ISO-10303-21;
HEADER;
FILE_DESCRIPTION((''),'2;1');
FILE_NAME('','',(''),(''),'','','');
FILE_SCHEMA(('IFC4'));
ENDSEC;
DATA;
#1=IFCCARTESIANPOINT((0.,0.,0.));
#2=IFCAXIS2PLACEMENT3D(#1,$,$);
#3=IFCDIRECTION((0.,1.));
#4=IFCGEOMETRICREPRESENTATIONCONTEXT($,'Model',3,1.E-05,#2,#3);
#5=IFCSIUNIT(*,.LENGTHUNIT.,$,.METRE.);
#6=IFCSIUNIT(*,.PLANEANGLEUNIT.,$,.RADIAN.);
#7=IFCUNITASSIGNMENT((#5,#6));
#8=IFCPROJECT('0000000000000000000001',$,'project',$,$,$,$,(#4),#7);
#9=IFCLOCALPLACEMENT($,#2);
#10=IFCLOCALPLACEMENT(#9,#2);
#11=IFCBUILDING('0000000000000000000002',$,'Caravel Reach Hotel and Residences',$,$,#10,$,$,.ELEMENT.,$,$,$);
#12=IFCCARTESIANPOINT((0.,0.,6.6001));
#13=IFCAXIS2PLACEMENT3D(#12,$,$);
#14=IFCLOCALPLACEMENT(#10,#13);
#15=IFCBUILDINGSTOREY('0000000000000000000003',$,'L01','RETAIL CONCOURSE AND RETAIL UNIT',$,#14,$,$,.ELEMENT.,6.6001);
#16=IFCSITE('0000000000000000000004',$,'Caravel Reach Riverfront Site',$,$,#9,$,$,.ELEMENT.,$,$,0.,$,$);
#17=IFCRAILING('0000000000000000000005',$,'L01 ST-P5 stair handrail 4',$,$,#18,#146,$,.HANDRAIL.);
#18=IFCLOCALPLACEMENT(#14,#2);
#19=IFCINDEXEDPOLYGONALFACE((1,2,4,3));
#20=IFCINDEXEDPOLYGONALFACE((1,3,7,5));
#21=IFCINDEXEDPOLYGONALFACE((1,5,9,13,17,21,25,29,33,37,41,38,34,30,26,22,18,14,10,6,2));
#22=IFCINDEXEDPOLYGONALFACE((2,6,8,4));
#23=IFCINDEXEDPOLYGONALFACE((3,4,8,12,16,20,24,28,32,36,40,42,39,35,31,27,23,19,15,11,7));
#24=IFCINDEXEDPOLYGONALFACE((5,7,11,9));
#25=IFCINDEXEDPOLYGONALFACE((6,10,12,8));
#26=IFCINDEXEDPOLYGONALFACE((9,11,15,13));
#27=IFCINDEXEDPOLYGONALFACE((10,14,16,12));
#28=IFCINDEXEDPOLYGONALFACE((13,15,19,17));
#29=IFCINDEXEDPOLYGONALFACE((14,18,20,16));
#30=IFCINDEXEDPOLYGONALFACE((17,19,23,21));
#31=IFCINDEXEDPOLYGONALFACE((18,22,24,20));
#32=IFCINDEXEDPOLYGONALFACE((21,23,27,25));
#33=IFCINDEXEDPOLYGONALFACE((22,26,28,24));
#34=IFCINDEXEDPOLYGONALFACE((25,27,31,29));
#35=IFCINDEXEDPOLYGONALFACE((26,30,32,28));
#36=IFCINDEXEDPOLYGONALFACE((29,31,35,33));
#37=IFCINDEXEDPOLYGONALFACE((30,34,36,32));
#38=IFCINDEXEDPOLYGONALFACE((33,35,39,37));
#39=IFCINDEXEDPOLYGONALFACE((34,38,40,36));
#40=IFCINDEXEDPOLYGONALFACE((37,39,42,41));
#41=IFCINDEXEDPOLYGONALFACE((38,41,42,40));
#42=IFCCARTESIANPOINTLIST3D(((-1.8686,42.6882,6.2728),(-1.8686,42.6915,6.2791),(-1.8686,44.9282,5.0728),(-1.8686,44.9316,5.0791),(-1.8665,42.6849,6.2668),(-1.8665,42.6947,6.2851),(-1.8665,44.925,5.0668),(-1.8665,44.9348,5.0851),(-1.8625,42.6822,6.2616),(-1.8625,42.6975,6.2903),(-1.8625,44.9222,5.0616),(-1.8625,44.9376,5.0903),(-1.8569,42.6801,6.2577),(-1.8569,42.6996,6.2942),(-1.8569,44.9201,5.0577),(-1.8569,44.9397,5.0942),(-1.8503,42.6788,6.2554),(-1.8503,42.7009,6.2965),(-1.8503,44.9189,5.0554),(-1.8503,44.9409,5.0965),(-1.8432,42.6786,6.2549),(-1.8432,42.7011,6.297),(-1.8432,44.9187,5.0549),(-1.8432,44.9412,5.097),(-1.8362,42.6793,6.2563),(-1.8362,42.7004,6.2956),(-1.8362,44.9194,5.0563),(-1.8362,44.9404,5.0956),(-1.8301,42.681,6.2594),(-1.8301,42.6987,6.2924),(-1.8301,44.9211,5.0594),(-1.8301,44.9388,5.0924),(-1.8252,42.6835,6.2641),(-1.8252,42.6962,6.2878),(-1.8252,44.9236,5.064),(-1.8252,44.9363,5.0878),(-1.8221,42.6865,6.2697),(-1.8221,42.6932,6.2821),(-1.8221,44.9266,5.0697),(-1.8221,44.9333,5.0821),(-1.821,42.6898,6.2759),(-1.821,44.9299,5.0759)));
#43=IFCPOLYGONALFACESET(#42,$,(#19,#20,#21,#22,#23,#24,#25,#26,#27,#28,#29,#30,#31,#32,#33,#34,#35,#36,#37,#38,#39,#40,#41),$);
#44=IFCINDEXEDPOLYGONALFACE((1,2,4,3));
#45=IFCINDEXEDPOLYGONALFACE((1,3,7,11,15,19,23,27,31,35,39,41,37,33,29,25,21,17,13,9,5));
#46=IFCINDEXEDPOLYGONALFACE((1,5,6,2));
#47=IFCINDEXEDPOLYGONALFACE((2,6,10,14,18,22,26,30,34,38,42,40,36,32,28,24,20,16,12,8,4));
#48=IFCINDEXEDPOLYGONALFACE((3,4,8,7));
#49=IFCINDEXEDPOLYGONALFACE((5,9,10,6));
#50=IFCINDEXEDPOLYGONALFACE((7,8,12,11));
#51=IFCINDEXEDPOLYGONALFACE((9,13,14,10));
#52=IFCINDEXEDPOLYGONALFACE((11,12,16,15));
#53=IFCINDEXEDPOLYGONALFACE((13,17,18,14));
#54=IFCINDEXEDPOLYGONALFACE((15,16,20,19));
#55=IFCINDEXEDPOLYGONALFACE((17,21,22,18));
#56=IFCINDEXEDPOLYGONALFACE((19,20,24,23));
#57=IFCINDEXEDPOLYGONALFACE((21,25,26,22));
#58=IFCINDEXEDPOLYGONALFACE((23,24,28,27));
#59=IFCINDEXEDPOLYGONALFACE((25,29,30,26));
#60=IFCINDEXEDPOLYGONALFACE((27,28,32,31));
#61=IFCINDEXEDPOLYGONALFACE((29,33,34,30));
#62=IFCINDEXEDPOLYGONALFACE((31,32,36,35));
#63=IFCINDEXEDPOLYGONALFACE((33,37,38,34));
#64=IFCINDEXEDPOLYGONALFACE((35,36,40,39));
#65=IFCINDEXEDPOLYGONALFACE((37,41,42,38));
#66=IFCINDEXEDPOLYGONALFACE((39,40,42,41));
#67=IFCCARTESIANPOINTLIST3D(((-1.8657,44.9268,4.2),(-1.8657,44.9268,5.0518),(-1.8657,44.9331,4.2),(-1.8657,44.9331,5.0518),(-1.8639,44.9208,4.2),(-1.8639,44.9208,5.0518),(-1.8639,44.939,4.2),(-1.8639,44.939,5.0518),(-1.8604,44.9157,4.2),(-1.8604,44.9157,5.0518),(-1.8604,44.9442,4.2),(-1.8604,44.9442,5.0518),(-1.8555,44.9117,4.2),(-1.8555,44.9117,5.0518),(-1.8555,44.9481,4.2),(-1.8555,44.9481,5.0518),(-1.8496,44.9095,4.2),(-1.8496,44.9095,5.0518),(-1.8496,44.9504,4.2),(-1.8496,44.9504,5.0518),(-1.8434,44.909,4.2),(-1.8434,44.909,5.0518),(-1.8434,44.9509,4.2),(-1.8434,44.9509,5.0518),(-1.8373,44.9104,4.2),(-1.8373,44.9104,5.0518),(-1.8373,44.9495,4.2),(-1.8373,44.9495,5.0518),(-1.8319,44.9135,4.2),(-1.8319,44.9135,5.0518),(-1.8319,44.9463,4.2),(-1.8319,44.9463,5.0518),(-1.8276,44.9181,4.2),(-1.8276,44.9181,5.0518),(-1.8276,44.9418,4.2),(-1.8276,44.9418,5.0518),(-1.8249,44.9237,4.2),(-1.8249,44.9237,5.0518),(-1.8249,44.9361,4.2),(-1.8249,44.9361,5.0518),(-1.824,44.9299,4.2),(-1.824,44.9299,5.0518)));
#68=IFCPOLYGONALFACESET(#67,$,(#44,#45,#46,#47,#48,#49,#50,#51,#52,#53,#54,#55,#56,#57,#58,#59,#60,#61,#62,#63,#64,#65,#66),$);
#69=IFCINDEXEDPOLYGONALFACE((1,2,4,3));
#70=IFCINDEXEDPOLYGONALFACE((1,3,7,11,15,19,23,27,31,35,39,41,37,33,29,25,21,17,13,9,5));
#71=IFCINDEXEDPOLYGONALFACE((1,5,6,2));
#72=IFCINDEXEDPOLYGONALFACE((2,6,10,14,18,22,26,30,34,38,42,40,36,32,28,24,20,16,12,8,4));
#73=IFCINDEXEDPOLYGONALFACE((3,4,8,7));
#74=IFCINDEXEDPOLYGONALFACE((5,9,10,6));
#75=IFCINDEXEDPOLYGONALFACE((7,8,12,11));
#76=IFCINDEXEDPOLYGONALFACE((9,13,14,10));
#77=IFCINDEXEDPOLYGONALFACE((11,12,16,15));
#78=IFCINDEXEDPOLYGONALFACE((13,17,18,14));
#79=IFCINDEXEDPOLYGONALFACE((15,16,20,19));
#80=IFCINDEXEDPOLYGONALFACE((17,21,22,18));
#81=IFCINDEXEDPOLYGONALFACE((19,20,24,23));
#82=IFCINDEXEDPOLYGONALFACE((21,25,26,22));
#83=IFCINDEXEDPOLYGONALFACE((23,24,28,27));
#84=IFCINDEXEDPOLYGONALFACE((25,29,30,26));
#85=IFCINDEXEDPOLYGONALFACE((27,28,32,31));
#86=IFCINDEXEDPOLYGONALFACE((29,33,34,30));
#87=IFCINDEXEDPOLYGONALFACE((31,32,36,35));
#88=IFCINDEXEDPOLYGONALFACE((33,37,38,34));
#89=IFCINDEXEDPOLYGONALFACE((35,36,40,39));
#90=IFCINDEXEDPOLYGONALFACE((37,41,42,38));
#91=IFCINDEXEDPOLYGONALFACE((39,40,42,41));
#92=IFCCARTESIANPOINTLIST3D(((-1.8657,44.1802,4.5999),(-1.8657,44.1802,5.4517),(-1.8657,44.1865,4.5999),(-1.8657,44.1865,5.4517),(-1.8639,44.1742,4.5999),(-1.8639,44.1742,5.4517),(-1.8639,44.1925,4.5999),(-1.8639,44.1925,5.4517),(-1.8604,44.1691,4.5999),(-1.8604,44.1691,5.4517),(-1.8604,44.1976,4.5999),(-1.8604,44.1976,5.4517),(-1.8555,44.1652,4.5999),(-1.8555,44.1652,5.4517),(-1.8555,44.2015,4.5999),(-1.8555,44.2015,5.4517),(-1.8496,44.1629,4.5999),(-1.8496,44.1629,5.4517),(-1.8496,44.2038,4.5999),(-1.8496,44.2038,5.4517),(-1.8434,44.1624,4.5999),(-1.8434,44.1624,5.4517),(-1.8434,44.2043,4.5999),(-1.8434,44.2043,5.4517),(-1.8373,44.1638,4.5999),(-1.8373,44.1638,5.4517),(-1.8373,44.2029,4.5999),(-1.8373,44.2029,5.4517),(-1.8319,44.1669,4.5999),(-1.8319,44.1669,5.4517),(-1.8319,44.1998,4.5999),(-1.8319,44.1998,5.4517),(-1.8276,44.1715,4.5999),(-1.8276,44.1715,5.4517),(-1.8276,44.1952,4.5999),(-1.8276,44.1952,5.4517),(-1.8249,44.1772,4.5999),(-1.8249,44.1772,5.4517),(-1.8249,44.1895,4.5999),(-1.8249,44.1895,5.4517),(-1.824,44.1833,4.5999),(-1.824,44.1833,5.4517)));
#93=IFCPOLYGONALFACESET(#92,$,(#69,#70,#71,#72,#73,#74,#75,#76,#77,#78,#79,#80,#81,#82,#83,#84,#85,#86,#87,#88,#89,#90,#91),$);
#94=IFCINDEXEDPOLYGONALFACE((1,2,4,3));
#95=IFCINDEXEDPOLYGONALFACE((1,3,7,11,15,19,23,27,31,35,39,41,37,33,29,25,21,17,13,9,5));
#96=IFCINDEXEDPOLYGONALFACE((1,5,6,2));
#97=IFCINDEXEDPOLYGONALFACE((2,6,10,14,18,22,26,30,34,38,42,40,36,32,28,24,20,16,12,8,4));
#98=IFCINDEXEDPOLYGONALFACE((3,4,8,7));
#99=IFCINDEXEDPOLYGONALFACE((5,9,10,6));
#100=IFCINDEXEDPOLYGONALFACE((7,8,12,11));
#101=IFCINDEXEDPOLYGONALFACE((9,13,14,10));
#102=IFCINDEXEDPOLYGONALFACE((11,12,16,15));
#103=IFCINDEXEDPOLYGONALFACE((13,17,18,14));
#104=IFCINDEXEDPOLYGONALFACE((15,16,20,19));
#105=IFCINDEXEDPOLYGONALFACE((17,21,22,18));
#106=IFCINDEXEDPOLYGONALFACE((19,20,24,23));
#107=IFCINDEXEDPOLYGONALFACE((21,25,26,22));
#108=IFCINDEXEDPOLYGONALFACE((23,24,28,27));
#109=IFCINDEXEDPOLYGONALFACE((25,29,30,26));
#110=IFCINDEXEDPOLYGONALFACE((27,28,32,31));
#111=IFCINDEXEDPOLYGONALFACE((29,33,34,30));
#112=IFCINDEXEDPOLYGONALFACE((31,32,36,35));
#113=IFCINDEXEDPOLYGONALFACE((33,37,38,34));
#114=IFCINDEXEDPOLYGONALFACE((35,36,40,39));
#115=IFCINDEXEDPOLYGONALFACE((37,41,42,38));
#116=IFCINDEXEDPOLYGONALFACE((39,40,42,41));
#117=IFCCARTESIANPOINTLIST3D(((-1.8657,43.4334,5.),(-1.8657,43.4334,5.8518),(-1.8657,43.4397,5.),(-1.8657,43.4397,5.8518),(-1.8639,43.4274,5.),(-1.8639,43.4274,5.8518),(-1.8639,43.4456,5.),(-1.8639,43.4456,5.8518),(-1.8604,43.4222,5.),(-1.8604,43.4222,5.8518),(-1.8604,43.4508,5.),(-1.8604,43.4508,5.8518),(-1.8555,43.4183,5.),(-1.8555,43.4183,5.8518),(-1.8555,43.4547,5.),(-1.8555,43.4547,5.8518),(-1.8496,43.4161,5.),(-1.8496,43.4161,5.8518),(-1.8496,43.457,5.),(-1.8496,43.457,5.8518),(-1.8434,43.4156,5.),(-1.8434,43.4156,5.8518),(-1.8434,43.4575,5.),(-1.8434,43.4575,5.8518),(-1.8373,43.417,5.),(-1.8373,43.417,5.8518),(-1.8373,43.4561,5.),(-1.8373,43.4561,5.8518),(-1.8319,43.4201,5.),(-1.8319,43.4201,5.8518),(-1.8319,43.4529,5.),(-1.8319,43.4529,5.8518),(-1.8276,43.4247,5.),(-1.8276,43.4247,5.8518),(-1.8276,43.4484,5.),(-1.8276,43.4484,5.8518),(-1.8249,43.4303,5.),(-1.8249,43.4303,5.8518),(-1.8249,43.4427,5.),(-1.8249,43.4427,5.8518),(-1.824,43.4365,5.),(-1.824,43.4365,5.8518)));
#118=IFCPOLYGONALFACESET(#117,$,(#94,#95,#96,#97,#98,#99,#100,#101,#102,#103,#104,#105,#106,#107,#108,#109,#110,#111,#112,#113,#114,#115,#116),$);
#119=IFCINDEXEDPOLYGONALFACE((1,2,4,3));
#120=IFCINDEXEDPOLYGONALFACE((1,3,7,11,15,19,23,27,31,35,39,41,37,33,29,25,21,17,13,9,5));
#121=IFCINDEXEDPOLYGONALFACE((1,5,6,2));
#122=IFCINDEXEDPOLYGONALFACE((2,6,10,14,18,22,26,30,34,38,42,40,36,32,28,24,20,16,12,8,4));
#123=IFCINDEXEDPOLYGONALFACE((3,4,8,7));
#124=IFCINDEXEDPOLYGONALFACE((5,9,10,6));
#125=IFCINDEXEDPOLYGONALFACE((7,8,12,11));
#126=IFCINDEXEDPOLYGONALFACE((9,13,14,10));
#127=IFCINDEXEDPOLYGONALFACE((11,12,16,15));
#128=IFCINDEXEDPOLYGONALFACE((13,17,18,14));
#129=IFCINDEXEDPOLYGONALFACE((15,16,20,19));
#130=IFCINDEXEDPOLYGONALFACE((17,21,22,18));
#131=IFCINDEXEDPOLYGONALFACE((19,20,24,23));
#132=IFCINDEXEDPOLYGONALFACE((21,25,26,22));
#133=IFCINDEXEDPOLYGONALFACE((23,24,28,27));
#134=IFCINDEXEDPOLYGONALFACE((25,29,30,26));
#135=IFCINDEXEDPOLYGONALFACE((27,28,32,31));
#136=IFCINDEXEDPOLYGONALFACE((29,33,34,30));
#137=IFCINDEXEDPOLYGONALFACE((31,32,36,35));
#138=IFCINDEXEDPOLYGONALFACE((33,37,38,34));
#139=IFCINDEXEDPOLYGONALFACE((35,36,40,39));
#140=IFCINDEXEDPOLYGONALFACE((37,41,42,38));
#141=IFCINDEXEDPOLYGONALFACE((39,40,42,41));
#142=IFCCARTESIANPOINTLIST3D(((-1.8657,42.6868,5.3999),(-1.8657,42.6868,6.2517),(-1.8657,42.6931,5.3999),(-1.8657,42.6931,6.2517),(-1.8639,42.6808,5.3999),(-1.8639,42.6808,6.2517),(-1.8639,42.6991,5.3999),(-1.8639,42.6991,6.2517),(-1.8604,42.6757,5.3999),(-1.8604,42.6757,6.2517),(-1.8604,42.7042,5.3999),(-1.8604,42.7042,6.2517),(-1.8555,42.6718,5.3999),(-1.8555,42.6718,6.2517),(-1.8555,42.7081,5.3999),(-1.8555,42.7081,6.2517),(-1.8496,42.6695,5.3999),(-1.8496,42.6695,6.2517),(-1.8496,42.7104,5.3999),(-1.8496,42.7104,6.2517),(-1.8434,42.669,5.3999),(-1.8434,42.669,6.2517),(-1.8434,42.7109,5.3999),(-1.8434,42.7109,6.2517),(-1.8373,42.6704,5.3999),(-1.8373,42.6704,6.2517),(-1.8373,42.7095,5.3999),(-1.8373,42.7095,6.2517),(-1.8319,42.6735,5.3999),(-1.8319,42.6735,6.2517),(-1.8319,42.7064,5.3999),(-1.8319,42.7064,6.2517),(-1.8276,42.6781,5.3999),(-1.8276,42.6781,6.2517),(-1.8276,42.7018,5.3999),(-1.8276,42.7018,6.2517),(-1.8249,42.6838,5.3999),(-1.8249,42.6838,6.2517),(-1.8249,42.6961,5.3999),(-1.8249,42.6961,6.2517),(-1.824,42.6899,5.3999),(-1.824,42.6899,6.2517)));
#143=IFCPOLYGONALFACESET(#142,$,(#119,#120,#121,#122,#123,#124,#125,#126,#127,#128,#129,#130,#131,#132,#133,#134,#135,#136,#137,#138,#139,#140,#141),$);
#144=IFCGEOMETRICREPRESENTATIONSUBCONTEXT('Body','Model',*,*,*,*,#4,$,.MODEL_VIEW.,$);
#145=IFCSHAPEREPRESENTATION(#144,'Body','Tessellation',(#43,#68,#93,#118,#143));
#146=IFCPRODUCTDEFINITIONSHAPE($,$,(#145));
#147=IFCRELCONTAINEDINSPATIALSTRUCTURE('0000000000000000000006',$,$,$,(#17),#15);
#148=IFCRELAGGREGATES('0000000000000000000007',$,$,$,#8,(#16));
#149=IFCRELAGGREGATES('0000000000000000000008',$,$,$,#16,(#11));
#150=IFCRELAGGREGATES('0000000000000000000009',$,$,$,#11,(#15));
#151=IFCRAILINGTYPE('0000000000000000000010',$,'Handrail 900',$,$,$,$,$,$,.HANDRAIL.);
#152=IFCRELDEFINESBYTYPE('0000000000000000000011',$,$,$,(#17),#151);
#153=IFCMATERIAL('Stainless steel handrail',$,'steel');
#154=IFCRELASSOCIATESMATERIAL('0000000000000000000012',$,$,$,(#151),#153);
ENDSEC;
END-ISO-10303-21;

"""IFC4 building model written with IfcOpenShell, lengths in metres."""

from ifc_helpers import new_model, si_unit, direction, frame, origin, origin_2d, place, context, subcontext, project, spatial, circle, extrude, material, type_object, element, save


model = new_model("IFC4")

# Units and contexts
model_context = context("Model", 3, precision=1e-05, world=origin(), true_north=direction((0.0, 1.0)))
body_context = subcontext(model_context, "Body", "Model", "MODEL_VIEW")
ifc_project = project(units=[si_unit("LENGTHUNIT", "METRE"), si_unit("PLANEANGLEUNIT", "RADIAN")], contexts=[model_context])

# Site, building, storey
site_placement = place(None, origin())
site = spatial("IfcSite", under=ifc_project, at=site_placement, Name="Caravel Reach Riverfront Site", CompositionType="ELEMENT", RefElevation=0.0)
building_placement = place(site_placement, origin())
building = spatial("IfcBuilding", under=site, at=building_placement, Name="Caravel Reach Hotel and Residences", CompositionType="ELEMENT")
storey_placement = place(building_placement, frame((0.0, 0.0, 6.6001)))
storey = spatial("IfcBuildingStorey", under=building, at=storey_placement, Name="L01", Description="RETAIL CONCOURSE AND RETAIL UNIT", CompositionType="ELEMENT", Elevation=6.6001)

# Railing
ifc_material_1 = material(Name="Stainless steel handrail", Category="steel")
railing_type_1 = type_object("IfcRailingType", Name="Handrail 900", PredefinedType="HANDRAIL", material=ifc_material_1)
railing_1_placement = place(storey_placement, frame((-1.845, 44.9299, 4.2)))
element("IfcRailing", 1, at=railing_1_placement, inside=storey, type_object=railing_type_1, Name="L01 ST-P5 stair handrail 4", PredefinedType="HANDRAIL", context=body_context, shape_type="SweptSolid", body=[
    extrude(circle(Radius=0.0239, at=origin_2d()), frame((0.0, 0.0, 0.876), z_axis=(0.0, -0.881487, 0.472208), x_axis=(1.0, 0.0, 0.0)), (0.0, 0.0, 1.0), 2.5413),
    extrude(circle(Radius=0.021, at=origin_2d()), origin(), (0.0, 0.0, 1.0), 0.8518),
    extrude(circle(Radius=0.021, at=origin_2d()), frame((0.0, -0.7466, 0.3999)), (0.0, 0.0, 1.0), 0.8518),
    extrude(circle(Radius=0.021, at=origin_2d()), frame((0.0, -1.4934, 0.8)), (0.0, 0.0, 1.0), 0.8518),
    extrude(circle(Radius=0.021, at=origin_2d()), frame((0.0, -2.24, 1.2)), (0.0, 0.0, 1.0), 0.8518),
])

save(model, "model.ifc")
